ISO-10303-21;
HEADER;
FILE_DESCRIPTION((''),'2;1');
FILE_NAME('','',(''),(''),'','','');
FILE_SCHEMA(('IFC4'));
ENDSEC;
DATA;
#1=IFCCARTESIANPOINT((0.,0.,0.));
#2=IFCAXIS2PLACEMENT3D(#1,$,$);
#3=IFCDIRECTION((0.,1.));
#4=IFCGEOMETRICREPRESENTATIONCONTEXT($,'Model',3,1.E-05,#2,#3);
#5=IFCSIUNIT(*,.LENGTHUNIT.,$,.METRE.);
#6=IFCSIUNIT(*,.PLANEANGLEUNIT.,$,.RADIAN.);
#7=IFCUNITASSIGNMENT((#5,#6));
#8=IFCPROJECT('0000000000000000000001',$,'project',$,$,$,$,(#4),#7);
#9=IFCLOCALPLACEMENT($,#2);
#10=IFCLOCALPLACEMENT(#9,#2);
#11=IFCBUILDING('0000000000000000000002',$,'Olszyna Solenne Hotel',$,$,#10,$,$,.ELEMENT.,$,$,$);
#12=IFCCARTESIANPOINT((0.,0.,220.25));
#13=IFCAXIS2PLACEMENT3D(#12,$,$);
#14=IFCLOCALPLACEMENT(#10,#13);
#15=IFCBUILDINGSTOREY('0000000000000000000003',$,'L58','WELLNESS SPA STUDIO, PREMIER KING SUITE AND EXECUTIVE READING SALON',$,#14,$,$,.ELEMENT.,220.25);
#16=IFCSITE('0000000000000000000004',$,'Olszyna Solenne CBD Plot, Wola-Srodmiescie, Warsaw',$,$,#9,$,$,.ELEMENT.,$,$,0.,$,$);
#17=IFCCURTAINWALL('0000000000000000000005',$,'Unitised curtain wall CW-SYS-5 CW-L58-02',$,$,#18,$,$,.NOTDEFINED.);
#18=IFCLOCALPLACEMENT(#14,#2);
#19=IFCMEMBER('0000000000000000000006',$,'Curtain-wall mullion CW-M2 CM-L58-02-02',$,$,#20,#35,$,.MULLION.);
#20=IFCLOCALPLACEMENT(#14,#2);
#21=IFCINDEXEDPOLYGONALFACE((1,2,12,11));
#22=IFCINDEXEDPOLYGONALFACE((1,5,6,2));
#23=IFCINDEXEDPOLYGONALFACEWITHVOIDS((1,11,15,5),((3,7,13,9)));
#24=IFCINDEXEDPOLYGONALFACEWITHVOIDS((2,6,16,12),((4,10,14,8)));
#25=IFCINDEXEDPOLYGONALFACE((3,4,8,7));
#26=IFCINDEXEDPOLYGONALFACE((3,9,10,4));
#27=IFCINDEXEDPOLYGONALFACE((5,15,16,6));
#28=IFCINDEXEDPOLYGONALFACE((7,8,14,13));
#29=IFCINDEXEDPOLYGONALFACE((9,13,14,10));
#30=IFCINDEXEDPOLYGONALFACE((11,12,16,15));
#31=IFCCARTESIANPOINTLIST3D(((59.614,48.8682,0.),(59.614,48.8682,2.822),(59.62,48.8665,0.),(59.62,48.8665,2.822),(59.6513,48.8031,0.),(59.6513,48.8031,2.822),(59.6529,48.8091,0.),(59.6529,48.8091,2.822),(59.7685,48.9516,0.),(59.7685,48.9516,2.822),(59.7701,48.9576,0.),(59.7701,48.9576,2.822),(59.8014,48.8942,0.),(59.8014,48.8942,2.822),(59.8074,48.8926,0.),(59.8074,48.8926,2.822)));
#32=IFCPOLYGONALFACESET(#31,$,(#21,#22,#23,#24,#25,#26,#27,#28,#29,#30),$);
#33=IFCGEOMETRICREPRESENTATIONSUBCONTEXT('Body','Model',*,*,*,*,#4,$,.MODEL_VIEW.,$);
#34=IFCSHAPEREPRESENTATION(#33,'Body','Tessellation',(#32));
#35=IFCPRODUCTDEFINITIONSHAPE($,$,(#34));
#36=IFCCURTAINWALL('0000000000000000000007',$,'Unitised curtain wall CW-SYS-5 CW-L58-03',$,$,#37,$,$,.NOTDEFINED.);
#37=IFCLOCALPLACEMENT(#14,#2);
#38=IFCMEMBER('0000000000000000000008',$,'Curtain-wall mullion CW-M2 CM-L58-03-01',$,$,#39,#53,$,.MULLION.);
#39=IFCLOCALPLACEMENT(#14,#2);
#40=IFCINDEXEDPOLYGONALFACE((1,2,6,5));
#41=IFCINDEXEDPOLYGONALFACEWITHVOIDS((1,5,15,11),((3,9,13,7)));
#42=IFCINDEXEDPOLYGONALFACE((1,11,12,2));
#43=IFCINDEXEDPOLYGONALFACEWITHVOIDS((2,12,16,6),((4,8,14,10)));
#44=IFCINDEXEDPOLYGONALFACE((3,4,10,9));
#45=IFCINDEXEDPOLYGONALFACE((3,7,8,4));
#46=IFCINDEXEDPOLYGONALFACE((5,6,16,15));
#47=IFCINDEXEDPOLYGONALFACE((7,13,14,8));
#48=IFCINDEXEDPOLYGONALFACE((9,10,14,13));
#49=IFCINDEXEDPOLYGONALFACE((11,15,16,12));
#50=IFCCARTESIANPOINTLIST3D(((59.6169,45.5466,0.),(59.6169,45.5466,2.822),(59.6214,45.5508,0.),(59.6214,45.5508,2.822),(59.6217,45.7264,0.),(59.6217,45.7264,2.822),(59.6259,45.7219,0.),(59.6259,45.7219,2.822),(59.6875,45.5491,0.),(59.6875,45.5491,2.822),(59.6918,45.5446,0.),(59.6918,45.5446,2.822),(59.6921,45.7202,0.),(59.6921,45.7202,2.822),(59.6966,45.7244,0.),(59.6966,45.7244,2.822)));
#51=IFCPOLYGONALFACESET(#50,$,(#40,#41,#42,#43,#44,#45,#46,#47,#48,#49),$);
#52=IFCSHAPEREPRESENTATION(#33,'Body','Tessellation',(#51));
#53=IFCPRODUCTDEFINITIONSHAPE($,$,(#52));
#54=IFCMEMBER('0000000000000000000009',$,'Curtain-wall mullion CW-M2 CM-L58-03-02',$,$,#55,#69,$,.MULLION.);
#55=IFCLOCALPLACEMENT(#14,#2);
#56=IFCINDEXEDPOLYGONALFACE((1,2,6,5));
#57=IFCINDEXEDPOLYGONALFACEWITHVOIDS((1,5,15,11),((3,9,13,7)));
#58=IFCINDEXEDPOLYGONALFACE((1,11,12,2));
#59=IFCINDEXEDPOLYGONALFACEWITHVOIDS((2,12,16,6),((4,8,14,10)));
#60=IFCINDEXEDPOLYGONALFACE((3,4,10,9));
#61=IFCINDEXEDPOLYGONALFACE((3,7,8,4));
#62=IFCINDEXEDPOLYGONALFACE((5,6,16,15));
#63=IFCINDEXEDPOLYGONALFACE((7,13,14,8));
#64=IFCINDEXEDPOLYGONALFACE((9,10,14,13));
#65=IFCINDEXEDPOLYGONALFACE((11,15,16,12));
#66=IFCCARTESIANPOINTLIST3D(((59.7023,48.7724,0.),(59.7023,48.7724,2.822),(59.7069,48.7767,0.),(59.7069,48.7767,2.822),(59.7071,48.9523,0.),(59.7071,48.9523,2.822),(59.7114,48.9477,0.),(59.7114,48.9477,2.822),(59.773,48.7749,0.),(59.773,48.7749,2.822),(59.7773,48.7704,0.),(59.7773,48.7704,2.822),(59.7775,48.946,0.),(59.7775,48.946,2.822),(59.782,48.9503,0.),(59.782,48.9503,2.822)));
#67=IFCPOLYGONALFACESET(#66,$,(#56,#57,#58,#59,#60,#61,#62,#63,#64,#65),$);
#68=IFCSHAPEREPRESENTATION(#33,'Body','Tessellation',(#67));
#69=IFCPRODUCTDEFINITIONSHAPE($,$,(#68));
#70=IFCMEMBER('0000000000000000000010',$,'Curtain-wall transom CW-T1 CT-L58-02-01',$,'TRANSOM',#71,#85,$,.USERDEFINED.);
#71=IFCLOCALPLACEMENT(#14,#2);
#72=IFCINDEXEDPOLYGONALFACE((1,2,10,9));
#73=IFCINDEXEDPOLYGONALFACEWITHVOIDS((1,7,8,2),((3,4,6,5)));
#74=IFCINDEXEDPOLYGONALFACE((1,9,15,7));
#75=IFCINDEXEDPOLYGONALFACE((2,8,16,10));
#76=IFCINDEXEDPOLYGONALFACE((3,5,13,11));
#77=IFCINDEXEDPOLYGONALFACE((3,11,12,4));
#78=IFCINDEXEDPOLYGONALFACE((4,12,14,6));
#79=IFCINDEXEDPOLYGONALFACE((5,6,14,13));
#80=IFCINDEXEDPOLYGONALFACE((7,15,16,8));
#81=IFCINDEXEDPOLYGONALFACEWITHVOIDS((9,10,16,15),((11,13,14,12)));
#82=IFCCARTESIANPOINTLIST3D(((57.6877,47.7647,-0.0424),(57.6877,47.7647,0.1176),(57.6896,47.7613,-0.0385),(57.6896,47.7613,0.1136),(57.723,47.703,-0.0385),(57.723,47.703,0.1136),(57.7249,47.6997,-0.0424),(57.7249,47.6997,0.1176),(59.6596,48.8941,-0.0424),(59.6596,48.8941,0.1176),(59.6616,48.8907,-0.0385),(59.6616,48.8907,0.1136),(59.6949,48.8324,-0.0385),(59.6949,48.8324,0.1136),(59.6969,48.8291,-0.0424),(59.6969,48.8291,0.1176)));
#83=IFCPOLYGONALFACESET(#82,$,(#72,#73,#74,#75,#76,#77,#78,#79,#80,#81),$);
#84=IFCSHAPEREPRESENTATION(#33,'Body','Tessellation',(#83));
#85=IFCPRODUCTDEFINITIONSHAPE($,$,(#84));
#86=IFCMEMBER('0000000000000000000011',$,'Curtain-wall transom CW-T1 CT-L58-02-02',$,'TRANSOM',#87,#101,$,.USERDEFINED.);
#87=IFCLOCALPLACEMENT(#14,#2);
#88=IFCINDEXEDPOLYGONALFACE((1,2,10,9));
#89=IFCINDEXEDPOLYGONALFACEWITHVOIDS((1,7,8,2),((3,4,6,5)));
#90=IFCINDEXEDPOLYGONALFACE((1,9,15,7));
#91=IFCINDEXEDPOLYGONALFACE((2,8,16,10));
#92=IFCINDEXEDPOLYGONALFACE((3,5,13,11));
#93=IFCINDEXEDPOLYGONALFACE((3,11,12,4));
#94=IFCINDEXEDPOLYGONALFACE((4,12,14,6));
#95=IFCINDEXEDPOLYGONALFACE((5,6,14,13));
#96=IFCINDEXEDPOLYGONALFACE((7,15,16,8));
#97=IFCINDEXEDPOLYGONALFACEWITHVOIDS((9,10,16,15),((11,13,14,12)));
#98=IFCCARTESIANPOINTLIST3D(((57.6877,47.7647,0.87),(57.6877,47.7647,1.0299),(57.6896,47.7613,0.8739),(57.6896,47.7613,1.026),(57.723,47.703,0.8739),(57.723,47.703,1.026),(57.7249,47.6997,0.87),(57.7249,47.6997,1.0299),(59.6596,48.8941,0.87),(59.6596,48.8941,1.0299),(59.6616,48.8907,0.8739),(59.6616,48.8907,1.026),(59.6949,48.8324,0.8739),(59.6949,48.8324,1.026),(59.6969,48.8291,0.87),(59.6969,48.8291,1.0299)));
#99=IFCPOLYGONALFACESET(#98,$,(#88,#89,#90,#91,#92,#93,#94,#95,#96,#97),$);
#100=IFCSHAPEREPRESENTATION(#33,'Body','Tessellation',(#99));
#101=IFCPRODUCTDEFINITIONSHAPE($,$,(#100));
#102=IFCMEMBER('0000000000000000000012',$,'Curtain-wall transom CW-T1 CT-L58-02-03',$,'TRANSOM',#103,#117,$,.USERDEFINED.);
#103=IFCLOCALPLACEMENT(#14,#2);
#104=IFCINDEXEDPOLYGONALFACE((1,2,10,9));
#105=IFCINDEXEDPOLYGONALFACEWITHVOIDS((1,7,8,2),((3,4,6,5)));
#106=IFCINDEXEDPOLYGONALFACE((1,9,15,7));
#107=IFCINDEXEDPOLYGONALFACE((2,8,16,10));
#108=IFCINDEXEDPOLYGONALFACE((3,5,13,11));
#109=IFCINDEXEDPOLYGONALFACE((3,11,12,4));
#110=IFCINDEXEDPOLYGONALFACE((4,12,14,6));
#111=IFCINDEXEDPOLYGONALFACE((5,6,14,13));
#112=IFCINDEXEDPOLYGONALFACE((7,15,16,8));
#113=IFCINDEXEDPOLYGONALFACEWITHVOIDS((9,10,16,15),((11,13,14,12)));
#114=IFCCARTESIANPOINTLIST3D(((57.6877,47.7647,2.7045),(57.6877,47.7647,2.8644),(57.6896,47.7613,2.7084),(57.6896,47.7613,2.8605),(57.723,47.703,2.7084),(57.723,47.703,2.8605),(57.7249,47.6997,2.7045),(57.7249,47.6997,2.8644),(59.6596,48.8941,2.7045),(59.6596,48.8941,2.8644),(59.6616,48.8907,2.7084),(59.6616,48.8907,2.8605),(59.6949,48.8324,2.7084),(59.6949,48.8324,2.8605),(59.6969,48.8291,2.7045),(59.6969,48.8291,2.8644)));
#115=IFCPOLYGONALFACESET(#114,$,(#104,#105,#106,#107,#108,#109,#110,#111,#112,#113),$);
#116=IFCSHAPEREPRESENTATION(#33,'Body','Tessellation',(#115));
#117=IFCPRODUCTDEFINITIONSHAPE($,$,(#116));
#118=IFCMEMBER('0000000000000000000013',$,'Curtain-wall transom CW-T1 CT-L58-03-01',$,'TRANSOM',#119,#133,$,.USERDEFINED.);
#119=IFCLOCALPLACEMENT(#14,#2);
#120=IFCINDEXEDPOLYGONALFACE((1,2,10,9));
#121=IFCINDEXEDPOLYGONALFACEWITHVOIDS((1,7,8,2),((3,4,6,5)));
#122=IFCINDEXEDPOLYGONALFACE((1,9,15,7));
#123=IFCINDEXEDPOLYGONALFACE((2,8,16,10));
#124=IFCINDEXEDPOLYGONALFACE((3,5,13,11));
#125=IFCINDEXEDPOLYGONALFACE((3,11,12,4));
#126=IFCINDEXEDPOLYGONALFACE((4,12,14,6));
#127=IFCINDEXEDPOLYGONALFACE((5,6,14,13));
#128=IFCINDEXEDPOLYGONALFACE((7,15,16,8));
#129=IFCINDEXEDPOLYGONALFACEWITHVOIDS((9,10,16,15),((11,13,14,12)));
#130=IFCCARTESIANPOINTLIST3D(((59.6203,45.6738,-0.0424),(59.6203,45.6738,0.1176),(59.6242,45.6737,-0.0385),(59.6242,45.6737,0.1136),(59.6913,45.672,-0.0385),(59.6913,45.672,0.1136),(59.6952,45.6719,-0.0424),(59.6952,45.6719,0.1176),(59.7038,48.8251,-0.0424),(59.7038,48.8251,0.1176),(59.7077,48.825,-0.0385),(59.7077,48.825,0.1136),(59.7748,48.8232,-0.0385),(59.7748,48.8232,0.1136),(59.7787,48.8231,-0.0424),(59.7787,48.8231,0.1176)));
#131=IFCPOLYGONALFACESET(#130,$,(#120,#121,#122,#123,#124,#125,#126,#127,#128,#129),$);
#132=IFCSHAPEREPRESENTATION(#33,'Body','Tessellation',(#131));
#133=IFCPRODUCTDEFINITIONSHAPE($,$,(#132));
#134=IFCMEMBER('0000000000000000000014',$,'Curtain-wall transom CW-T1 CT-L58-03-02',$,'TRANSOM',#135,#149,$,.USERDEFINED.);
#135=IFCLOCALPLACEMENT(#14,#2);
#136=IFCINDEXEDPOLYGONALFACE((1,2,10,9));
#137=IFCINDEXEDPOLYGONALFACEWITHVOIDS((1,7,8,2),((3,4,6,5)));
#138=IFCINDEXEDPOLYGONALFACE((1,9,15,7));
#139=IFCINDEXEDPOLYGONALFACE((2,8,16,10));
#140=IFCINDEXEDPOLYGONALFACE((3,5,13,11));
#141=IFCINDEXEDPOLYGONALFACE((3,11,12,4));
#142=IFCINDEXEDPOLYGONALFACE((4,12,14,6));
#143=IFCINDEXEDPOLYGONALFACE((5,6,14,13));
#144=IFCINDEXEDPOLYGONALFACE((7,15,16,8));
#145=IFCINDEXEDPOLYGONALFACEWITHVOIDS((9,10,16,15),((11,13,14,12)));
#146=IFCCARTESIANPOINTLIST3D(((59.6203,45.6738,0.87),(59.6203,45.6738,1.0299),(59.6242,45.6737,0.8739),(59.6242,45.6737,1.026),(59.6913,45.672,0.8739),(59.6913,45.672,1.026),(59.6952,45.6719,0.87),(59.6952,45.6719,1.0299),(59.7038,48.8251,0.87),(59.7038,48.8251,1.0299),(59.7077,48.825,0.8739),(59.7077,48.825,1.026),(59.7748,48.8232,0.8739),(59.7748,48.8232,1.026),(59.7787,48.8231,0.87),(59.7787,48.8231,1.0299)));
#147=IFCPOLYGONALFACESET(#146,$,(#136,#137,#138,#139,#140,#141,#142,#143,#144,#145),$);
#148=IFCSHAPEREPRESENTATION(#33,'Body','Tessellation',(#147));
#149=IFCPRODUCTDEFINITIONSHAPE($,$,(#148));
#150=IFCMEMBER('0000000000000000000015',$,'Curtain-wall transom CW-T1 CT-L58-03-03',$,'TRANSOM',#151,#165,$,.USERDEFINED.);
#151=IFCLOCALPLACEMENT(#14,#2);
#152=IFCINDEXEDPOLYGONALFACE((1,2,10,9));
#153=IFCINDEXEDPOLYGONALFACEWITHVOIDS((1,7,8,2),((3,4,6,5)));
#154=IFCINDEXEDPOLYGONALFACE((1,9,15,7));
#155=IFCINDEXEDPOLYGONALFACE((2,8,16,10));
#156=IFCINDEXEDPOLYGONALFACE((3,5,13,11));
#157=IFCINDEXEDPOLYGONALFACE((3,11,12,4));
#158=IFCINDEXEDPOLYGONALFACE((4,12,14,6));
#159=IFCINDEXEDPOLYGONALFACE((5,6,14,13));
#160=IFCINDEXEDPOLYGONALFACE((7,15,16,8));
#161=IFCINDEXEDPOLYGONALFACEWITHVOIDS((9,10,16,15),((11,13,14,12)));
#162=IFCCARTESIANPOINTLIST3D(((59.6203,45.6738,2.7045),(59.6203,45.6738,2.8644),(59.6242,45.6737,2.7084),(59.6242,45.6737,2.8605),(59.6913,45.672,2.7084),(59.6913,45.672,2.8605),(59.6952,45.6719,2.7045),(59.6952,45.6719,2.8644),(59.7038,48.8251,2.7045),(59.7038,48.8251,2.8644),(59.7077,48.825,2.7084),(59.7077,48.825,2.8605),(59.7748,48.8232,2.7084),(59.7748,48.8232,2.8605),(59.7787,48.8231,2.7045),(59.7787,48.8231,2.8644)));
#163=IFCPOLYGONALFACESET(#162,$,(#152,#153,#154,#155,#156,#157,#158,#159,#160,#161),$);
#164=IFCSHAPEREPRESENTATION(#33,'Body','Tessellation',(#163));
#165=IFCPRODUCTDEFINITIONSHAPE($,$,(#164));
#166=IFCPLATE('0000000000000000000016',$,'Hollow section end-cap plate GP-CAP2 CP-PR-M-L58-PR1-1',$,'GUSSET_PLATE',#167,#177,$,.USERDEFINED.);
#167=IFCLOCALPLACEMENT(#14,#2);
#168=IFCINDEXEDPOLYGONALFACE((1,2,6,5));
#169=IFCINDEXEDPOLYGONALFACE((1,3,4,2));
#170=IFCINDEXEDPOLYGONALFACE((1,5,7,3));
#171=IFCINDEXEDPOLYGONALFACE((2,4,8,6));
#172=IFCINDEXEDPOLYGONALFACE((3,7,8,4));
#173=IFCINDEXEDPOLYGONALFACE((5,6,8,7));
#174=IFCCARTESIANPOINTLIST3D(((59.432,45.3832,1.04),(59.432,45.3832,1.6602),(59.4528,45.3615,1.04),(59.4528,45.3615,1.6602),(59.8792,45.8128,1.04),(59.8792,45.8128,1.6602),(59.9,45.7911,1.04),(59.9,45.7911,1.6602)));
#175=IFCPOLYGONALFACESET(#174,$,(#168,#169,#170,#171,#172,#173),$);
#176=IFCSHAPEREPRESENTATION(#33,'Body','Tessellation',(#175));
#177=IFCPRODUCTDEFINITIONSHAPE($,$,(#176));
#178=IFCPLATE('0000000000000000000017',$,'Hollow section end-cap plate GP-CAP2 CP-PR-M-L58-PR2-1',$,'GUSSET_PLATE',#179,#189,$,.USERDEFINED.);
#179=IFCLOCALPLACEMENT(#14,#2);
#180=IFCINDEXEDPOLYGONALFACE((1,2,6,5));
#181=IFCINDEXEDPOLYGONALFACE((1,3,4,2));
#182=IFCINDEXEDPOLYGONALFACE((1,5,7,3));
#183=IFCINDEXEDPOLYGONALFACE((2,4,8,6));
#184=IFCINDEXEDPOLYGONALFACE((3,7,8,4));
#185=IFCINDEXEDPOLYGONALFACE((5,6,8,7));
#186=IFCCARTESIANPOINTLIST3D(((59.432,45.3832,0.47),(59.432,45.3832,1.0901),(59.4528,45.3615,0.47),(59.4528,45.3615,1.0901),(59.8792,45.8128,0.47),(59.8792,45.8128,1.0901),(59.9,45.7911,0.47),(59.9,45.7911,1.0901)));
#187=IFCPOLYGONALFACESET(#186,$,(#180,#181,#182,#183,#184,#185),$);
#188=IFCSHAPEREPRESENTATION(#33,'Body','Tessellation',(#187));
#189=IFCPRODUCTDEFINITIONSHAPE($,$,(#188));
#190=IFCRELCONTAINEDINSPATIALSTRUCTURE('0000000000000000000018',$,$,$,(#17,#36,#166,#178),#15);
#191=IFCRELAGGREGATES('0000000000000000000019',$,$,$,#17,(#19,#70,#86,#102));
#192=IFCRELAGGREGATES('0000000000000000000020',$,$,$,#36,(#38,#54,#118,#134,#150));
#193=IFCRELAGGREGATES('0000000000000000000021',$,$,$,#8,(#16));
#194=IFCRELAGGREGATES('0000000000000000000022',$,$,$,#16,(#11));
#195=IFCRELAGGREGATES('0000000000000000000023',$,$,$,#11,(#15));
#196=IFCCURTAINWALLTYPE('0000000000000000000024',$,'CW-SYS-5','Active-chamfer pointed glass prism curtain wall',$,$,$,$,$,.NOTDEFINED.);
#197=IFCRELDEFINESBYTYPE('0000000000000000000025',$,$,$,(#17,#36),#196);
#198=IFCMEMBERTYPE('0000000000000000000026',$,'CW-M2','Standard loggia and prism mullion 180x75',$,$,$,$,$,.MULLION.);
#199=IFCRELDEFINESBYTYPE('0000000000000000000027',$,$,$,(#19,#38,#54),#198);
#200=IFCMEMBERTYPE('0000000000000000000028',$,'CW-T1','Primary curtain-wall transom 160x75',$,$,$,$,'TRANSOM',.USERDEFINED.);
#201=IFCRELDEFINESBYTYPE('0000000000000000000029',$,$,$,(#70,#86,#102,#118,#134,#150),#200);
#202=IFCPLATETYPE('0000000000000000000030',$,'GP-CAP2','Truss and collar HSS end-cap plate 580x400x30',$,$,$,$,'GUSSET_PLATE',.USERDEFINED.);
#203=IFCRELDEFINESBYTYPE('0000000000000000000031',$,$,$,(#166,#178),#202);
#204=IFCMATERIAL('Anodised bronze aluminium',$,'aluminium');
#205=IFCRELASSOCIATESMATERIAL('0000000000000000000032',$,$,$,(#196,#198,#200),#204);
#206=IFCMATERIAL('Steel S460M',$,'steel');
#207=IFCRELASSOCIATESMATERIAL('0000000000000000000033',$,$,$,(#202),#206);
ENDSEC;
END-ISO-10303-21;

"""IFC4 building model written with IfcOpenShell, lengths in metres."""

from ifc_helpers import new_model, si_unit, direction, frame, origin, origin_2d, place, context, subcontext, project, spatial, rectangle, hollow_rectangle, extrude, source, transform, mapped, material, material_profile, profile_set, type_object, element, aggregate, save


model = new_model("IFC4")

# Units and contexts
model_context = context("Model", 3, precision=1e-05, world=origin(), true_north=direction((0.0, 1.0)))
body_context = subcontext(model_context, "Body", "Model", "MODEL_VIEW")
ifc_project = project(units=[si_unit("LENGTHUNIT", "METRE"), si_unit("PLANEANGLEUNIT", "RADIAN")], contexts=[model_context])

# Site, building, storey
site_placement = place(None, origin())
site = spatial("IfcSite", under=ifc_project, at=site_placement, Name="Olszyna Solenne CBD Plot, Wola-Srodmiescie, Warsaw", CompositionType="ELEMENT", RefElevation=0.0)
building_placement = place(site_placement, origin())
building = spatial("IfcBuilding", under=site, at=building_placement, Name="Olszyna Solenne Hotel", CompositionType="ELEMENT")
storey_placement = place(building_placement, frame((0.0, 0.0, 220.25)))
storey = spatial("IfcBuildingStorey", under=building, at=storey_placement, Name="L58", Description="WELLNESS SPA STUDIO, PREMIER KING SUITE AND EXECUTIVE READING SALON", CompositionType="ELEMENT", Elevation=220.25)

# Shared definitions
ifc_material_1 = material(Name="Steel S460M", Category="steel")

# Curtain walls, members
ifc_material_2 = material(Name="Anodised bronze aluminium", Category="aluminium")
curtain_wall_type = type_object("IfcCurtainWallType", Name="CW-SYS-5", Description="Active-chamfer pointed glass prism curtain wall", PredefinedType="NOTDEFINED", material=ifc_material_2)
curtain_wall_1_placement = place(storey_placement, origin())
curtain_wall_1 = element("IfcCurtainWall", 1, at=curtain_wall_1_placement, inside=storey, type_object=curtain_wall_type, Name="Unitised curtain wall CW-SYS-5 CW-L58-02", PredefinedType="NOTDEFINED")
ifc_material_profile_1 = material_profile(ifc_material_2, hollow_rectangle(XDim=0.075, YDim=0.1799, WallThickness=0.0044, at=origin_2d()), Name="MULL 180x75x4.5", Category="load-bearing")
ifc_profile_set_1 = profile_set([ifc_material_profile_1], Name="Anodised bronze aluminium")
member_type_1 = type_object("IfcMemberType", Name="CW-M2", Description="Standard loggia and prism mullion 180x75", PredefinedType="MULLION", material=ifc_profile_set_1)
shared_shape_1 = source(origin(), body_context, "Body", "SweptSolid", [
    extrude(hollow_rectangle(XDim=0.075, YDim=0.1799, WallThickness=0.0044, at=origin_2d()), origin(), (0.0, 0.0, 1.0), 2.822),
])
member_1_placement = place(storey_placement, frame((59.7107, 48.8804, 0.0), z_axis=(0.0, 0.0, 1.0), x_axis=(-0.497059, 0.867717, 0.0)))
member_1 = element("IfcMember", 2, at=member_1_placement, type_object=member_type_1, Name="Curtain-wall mullion CW-M2 CM-L58-02-02", PredefinedType="MULLION", context=body_context, shape_type="MappedRepresentation", body=[
    mapped(shared_shape_1, transform((0.0, 0.0, 0.0), x_axis=(1.0, 0.0, 0.0), y_axis=(0.0, 1.0, 0.0), z_axis=(0.0, 0.0, 1.0), scale=1.0)),
])
curtain_wall_2_placement = place(storey_placement, origin())
curtain_wall_2 = element("IfcCurtainWall", 3, at=curtain_wall_2_placement, inside=storey, type_object=curtain_wall_type, Name="Unitised curtain wall CW-SYS-5 CW-L58-03", PredefinedType="NOTDEFINED")
member_2_placement = place(storey_placement, frame((59.6567, 45.6355, 0.0), z_axis=(0.0, 0.0, 1.0), x_axis=(-0.999649, 0.026498, 0.0)))
member_2 = element("IfcMember", 4, at=member_2_placement, type_object=member_type_1, Name="Curtain-wall mullion CW-M2 CM-L58-03-01", PredefinedType="MULLION", context=body_context, shape_type="MappedRepresentation", body=[
    mapped(shared_shape_1, transform((0.0, 0.0, 0.0), x_axis=(1.0, 0.0, 0.0), y_axis=(0.0, 1.0, 0.0), z_axis=(0.0, 0.0, 1.0), scale=1.0)),
])
member_3_placement = place(storey_placement, frame((59.7422, 48.8613, 0.0), z_axis=(0.0, 0.0, 1.0), x_axis=(-0.999649, 0.026498, 0.0)))
member_3 = element("IfcMember", 5, at=member_3_placement, type_object=member_type_1, Name="Curtain-wall mullion CW-M2 CM-L58-03-02", PredefinedType="MULLION", context=body_context, shape_type="MappedRepresentation", body=[
    mapped(shared_shape_1, transform((0.0, 0.0, 0.0), x_axis=(1.0, 0.0, 0.0), y_axis=(0.0, 1.0, 0.0), z_axis=(0.0, 0.0, 1.0), scale=1.0)),
])

# Members
ifc_material_profile_2 = material_profile(ifc_material_2, hollow_rectangle(XDim=0.075, YDim=0.1599, WallThickness=0.0039, at=origin_2d()), Name="TRAN 160x75x4", Category="load-bearing")
ifc_profile_set_2 = profile_set([ifc_material_profile_2], Name="Anodised bronze aluminium")
member_type_2 = type_object("IfcMemberType", Name="CW-T1", Description="Primary curtain-wall transom 160x75", ElementType="TRANSOM", PredefinedType="USERDEFINED", material=ifc_profile_set_2)
shared_shape_2 = source(origin(), body_context, "Body", "SweptSolid", [
    extrude(hollow_rectangle(XDim=0.075, YDim=0.1599, WallThickness=0.0039, at=origin_2d()), origin(), (0.0, 0.0, 1.0), 2.2725),
])
member_4_placement = place(storey_placement, frame((57.7063, 47.7322, 0.0376), z_axis=(0.867753, 0.496995, 0.0), x_axis=(-0.496995, 0.867753, 0.0)))
member_4 = element("IfcMember", 6, at=member_4_placement, type_object=member_type_2, Name="Curtain-wall transom CW-T1 CT-L58-02-01", ObjectType="TRANSOM", PredefinedType="USERDEFINED", context=body_context, shape_type="MappedRepresentation", body=[
    mapped(shared_shape_2, transform((0.0, 0.0, 0.0), x_axis=(1.0, 0.0, 0.0), y_axis=(0.0, 1.0, 0.0), z_axis=(0.0, 0.0, 1.0), scale=1.0)),
])
member_5_placement = place(storey_placement, frame((57.7063, 47.7322, 0.95), z_axis=(0.867753, 0.496995, 0.0), x_axis=(-0.496995, 0.867753, 0.0)))
member_5 = element("IfcMember", 7, at=member_5_placement, type_object=member_type_2, Name="Curtain-wall transom CW-T1 CT-L58-02-02", ObjectType="TRANSOM", PredefinedType="USERDEFINED", context=body_context, shape_type="MappedRepresentation", body=[
    mapped(shared_shape_2, transform((0.0, 0.0, 0.0), x_axis=(1.0, 0.0, 0.0), y_axis=(0.0, 1.0, 0.0), z_axis=(0.0, 0.0, 1.0), scale=1.0)),
])
member_6_placement = place(storey_placement, frame((57.7063, 47.7322, 2.7844), z_axis=(0.867753, 0.496995, 0.0), x_axis=(-0.496995, 0.867753, 0.0)))
member_6 = element("IfcMember", 8, at=member_6_placement, type_object=member_type_2, Name="Curtain-wall transom CW-T1 CT-L58-02-03", ObjectType="TRANSOM", PredefinedType="USERDEFINED", context=body_context, shape_type="MappedRepresentation", body=[
    mapped(shared_shape_2, transform((0.0, 0.0, 0.0), x_axis=(1.0, 0.0, 0.0), y_axis=(0.0, 1.0, 0.0), z_axis=(0.0, 0.0, 1.0), scale=1.0)),
])
shared_shape_3 = source(origin(), body_context, "Body", "SweptSolid", [
    extrude(hollow_rectangle(XDim=0.075, YDim=0.1599, WallThickness=0.0039, at=origin_2d()), origin(), (0.0, 0.0, 1.0), 3.1523),
])
member_7_placement = place(storey_placement, frame((59.6577, 45.6729, 0.0376), z_axis=(0.026488, 0.999649, 0.0), x_axis=(-0.999649, 0.026488, 0.0)))
member_7 = element("IfcMember", 9, at=member_7_placement, type_object=member_type_2, Name="Curtain-wall transom CW-T1 CT-L58-03-01", ObjectType="TRANSOM", PredefinedType="USERDEFINED", context=body_context, shape_type="MappedRepresentation", body=[
    mapped(shared_shape_3, transform((0.0, 0.0, 0.0), x_axis=(1.0, 0.0, 0.0), y_axis=(0.0, 1.0, 0.0), z_axis=(0.0, 0.0, 1.0), scale=1.0)),
])
member_8_placement = place(storey_placement, frame((59.6577, 45.6729, 0.95), z_axis=(0.026488, 0.999649, 0.0), x_axis=(-0.999649, 0.026488, 0.0)))
member_8 = element("IfcMember", 10, at=member_8_placement, type_object=member_type_2, Name="Curtain-wall transom CW-T1 CT-L58-03-02", ObjectType="TRANSOM", PredefinedType="USERDEFINED", context=body_context, shape_type="MappedRepresentation", body=[
    mapped(shared_shape_3, transform((0.0, 0.0, 0.0), x_axis=(1.0, 0.0, 0.0), y_axis=(0.0, 1.0, 0.0), z_axis=(0.0, 0.0, 1.0), scale=1.0)),
])
member_9_placement = place(storey_placement, frame((59.6577, 45.6729, 2.7844), z_axis=(0.026488, 0.999649, 0.0), x_axis=(-0.999649, 0.026488, 0.0)))
member_9 = element("IfcMember", 11, at=member_9_placement, type_object=member_type_2, Name="Curtain-wall transom CW-T1 CT-L58-03-03", ObjectType="TRANSOM", PredefinedType="USERDEFINED", context=body_context, shape_type="MappedRepresentation", body=[
    mapped(shared_shape_3, transform((0.0, 0.0, 0.0), x_axis=(1.0, 0.0, 0.0), y_axis=(0.0, 1.0, 0.0), z_axis=(0.0, 0.0, 1.0), scale=1.0)),
])

# Plates
plate_type_1 = type_object("IfcPlateType", Name="GP-CAP2", Description="Truss and collar HSS end-cap plate 580x400x30", ElementType="GUSSET_PLATE", PredefinedType="USERDEFINED", material=ifc_material_1)
shared_shape_4 = source(origin(), body_context, "Body", "SweptSolid", [
    extrude(rectangle(XDim=0.03, YDim=0.6201, at=origin_2d()), origin(), (0.0, 0.0, 1.0), 0.6201),
])
for number, where, z_axis, x_axis, name in (
    (12, (59.666, 45.5872, 1.04), (0.0, 0.0, 1.0), (-0.692773, 0.721156, 0.0), "Hollow section end-cap plate GP-CAP2 CP-PR-M-L58-PR1-1"),
    (13, (59.666, 45.5872, 0.47), (0.0, 0.0, 1.0), (-0.692773, 0.721156, 0.0), "Hollow section end-cap plate GP-CAP2 CP-PR-M-L58-PR2-1"),
):
    element("IfcPlate", number, at=place(storey_placement, frame(where, z_axis=z_axis, x_axis=x_axis)), inside=storey, type_object=plate_type_1, Name=name, ObjectType="GUSSET_PLATE", PredefinedType="USERDEFINED", context=body_context, shape_type="MappedRepresentation", body=[
        mapped(shared_shape_4, transform((0.0, 0.0, 0.0), x_axis=(1.0, 0.0, 0.0), y_axis=(0.0, 1.0, 0.0), z_axis=(0.0, 0.0, 1.0), scale=1.0)),
    ])

aggregate(curtain_wall_1, [member_1, member_4, member_5, member_6])
aggregate(curtain_wall_2, [member_2, member_3, member_7, member_8, member_9])

save(model, "model.ifc")
